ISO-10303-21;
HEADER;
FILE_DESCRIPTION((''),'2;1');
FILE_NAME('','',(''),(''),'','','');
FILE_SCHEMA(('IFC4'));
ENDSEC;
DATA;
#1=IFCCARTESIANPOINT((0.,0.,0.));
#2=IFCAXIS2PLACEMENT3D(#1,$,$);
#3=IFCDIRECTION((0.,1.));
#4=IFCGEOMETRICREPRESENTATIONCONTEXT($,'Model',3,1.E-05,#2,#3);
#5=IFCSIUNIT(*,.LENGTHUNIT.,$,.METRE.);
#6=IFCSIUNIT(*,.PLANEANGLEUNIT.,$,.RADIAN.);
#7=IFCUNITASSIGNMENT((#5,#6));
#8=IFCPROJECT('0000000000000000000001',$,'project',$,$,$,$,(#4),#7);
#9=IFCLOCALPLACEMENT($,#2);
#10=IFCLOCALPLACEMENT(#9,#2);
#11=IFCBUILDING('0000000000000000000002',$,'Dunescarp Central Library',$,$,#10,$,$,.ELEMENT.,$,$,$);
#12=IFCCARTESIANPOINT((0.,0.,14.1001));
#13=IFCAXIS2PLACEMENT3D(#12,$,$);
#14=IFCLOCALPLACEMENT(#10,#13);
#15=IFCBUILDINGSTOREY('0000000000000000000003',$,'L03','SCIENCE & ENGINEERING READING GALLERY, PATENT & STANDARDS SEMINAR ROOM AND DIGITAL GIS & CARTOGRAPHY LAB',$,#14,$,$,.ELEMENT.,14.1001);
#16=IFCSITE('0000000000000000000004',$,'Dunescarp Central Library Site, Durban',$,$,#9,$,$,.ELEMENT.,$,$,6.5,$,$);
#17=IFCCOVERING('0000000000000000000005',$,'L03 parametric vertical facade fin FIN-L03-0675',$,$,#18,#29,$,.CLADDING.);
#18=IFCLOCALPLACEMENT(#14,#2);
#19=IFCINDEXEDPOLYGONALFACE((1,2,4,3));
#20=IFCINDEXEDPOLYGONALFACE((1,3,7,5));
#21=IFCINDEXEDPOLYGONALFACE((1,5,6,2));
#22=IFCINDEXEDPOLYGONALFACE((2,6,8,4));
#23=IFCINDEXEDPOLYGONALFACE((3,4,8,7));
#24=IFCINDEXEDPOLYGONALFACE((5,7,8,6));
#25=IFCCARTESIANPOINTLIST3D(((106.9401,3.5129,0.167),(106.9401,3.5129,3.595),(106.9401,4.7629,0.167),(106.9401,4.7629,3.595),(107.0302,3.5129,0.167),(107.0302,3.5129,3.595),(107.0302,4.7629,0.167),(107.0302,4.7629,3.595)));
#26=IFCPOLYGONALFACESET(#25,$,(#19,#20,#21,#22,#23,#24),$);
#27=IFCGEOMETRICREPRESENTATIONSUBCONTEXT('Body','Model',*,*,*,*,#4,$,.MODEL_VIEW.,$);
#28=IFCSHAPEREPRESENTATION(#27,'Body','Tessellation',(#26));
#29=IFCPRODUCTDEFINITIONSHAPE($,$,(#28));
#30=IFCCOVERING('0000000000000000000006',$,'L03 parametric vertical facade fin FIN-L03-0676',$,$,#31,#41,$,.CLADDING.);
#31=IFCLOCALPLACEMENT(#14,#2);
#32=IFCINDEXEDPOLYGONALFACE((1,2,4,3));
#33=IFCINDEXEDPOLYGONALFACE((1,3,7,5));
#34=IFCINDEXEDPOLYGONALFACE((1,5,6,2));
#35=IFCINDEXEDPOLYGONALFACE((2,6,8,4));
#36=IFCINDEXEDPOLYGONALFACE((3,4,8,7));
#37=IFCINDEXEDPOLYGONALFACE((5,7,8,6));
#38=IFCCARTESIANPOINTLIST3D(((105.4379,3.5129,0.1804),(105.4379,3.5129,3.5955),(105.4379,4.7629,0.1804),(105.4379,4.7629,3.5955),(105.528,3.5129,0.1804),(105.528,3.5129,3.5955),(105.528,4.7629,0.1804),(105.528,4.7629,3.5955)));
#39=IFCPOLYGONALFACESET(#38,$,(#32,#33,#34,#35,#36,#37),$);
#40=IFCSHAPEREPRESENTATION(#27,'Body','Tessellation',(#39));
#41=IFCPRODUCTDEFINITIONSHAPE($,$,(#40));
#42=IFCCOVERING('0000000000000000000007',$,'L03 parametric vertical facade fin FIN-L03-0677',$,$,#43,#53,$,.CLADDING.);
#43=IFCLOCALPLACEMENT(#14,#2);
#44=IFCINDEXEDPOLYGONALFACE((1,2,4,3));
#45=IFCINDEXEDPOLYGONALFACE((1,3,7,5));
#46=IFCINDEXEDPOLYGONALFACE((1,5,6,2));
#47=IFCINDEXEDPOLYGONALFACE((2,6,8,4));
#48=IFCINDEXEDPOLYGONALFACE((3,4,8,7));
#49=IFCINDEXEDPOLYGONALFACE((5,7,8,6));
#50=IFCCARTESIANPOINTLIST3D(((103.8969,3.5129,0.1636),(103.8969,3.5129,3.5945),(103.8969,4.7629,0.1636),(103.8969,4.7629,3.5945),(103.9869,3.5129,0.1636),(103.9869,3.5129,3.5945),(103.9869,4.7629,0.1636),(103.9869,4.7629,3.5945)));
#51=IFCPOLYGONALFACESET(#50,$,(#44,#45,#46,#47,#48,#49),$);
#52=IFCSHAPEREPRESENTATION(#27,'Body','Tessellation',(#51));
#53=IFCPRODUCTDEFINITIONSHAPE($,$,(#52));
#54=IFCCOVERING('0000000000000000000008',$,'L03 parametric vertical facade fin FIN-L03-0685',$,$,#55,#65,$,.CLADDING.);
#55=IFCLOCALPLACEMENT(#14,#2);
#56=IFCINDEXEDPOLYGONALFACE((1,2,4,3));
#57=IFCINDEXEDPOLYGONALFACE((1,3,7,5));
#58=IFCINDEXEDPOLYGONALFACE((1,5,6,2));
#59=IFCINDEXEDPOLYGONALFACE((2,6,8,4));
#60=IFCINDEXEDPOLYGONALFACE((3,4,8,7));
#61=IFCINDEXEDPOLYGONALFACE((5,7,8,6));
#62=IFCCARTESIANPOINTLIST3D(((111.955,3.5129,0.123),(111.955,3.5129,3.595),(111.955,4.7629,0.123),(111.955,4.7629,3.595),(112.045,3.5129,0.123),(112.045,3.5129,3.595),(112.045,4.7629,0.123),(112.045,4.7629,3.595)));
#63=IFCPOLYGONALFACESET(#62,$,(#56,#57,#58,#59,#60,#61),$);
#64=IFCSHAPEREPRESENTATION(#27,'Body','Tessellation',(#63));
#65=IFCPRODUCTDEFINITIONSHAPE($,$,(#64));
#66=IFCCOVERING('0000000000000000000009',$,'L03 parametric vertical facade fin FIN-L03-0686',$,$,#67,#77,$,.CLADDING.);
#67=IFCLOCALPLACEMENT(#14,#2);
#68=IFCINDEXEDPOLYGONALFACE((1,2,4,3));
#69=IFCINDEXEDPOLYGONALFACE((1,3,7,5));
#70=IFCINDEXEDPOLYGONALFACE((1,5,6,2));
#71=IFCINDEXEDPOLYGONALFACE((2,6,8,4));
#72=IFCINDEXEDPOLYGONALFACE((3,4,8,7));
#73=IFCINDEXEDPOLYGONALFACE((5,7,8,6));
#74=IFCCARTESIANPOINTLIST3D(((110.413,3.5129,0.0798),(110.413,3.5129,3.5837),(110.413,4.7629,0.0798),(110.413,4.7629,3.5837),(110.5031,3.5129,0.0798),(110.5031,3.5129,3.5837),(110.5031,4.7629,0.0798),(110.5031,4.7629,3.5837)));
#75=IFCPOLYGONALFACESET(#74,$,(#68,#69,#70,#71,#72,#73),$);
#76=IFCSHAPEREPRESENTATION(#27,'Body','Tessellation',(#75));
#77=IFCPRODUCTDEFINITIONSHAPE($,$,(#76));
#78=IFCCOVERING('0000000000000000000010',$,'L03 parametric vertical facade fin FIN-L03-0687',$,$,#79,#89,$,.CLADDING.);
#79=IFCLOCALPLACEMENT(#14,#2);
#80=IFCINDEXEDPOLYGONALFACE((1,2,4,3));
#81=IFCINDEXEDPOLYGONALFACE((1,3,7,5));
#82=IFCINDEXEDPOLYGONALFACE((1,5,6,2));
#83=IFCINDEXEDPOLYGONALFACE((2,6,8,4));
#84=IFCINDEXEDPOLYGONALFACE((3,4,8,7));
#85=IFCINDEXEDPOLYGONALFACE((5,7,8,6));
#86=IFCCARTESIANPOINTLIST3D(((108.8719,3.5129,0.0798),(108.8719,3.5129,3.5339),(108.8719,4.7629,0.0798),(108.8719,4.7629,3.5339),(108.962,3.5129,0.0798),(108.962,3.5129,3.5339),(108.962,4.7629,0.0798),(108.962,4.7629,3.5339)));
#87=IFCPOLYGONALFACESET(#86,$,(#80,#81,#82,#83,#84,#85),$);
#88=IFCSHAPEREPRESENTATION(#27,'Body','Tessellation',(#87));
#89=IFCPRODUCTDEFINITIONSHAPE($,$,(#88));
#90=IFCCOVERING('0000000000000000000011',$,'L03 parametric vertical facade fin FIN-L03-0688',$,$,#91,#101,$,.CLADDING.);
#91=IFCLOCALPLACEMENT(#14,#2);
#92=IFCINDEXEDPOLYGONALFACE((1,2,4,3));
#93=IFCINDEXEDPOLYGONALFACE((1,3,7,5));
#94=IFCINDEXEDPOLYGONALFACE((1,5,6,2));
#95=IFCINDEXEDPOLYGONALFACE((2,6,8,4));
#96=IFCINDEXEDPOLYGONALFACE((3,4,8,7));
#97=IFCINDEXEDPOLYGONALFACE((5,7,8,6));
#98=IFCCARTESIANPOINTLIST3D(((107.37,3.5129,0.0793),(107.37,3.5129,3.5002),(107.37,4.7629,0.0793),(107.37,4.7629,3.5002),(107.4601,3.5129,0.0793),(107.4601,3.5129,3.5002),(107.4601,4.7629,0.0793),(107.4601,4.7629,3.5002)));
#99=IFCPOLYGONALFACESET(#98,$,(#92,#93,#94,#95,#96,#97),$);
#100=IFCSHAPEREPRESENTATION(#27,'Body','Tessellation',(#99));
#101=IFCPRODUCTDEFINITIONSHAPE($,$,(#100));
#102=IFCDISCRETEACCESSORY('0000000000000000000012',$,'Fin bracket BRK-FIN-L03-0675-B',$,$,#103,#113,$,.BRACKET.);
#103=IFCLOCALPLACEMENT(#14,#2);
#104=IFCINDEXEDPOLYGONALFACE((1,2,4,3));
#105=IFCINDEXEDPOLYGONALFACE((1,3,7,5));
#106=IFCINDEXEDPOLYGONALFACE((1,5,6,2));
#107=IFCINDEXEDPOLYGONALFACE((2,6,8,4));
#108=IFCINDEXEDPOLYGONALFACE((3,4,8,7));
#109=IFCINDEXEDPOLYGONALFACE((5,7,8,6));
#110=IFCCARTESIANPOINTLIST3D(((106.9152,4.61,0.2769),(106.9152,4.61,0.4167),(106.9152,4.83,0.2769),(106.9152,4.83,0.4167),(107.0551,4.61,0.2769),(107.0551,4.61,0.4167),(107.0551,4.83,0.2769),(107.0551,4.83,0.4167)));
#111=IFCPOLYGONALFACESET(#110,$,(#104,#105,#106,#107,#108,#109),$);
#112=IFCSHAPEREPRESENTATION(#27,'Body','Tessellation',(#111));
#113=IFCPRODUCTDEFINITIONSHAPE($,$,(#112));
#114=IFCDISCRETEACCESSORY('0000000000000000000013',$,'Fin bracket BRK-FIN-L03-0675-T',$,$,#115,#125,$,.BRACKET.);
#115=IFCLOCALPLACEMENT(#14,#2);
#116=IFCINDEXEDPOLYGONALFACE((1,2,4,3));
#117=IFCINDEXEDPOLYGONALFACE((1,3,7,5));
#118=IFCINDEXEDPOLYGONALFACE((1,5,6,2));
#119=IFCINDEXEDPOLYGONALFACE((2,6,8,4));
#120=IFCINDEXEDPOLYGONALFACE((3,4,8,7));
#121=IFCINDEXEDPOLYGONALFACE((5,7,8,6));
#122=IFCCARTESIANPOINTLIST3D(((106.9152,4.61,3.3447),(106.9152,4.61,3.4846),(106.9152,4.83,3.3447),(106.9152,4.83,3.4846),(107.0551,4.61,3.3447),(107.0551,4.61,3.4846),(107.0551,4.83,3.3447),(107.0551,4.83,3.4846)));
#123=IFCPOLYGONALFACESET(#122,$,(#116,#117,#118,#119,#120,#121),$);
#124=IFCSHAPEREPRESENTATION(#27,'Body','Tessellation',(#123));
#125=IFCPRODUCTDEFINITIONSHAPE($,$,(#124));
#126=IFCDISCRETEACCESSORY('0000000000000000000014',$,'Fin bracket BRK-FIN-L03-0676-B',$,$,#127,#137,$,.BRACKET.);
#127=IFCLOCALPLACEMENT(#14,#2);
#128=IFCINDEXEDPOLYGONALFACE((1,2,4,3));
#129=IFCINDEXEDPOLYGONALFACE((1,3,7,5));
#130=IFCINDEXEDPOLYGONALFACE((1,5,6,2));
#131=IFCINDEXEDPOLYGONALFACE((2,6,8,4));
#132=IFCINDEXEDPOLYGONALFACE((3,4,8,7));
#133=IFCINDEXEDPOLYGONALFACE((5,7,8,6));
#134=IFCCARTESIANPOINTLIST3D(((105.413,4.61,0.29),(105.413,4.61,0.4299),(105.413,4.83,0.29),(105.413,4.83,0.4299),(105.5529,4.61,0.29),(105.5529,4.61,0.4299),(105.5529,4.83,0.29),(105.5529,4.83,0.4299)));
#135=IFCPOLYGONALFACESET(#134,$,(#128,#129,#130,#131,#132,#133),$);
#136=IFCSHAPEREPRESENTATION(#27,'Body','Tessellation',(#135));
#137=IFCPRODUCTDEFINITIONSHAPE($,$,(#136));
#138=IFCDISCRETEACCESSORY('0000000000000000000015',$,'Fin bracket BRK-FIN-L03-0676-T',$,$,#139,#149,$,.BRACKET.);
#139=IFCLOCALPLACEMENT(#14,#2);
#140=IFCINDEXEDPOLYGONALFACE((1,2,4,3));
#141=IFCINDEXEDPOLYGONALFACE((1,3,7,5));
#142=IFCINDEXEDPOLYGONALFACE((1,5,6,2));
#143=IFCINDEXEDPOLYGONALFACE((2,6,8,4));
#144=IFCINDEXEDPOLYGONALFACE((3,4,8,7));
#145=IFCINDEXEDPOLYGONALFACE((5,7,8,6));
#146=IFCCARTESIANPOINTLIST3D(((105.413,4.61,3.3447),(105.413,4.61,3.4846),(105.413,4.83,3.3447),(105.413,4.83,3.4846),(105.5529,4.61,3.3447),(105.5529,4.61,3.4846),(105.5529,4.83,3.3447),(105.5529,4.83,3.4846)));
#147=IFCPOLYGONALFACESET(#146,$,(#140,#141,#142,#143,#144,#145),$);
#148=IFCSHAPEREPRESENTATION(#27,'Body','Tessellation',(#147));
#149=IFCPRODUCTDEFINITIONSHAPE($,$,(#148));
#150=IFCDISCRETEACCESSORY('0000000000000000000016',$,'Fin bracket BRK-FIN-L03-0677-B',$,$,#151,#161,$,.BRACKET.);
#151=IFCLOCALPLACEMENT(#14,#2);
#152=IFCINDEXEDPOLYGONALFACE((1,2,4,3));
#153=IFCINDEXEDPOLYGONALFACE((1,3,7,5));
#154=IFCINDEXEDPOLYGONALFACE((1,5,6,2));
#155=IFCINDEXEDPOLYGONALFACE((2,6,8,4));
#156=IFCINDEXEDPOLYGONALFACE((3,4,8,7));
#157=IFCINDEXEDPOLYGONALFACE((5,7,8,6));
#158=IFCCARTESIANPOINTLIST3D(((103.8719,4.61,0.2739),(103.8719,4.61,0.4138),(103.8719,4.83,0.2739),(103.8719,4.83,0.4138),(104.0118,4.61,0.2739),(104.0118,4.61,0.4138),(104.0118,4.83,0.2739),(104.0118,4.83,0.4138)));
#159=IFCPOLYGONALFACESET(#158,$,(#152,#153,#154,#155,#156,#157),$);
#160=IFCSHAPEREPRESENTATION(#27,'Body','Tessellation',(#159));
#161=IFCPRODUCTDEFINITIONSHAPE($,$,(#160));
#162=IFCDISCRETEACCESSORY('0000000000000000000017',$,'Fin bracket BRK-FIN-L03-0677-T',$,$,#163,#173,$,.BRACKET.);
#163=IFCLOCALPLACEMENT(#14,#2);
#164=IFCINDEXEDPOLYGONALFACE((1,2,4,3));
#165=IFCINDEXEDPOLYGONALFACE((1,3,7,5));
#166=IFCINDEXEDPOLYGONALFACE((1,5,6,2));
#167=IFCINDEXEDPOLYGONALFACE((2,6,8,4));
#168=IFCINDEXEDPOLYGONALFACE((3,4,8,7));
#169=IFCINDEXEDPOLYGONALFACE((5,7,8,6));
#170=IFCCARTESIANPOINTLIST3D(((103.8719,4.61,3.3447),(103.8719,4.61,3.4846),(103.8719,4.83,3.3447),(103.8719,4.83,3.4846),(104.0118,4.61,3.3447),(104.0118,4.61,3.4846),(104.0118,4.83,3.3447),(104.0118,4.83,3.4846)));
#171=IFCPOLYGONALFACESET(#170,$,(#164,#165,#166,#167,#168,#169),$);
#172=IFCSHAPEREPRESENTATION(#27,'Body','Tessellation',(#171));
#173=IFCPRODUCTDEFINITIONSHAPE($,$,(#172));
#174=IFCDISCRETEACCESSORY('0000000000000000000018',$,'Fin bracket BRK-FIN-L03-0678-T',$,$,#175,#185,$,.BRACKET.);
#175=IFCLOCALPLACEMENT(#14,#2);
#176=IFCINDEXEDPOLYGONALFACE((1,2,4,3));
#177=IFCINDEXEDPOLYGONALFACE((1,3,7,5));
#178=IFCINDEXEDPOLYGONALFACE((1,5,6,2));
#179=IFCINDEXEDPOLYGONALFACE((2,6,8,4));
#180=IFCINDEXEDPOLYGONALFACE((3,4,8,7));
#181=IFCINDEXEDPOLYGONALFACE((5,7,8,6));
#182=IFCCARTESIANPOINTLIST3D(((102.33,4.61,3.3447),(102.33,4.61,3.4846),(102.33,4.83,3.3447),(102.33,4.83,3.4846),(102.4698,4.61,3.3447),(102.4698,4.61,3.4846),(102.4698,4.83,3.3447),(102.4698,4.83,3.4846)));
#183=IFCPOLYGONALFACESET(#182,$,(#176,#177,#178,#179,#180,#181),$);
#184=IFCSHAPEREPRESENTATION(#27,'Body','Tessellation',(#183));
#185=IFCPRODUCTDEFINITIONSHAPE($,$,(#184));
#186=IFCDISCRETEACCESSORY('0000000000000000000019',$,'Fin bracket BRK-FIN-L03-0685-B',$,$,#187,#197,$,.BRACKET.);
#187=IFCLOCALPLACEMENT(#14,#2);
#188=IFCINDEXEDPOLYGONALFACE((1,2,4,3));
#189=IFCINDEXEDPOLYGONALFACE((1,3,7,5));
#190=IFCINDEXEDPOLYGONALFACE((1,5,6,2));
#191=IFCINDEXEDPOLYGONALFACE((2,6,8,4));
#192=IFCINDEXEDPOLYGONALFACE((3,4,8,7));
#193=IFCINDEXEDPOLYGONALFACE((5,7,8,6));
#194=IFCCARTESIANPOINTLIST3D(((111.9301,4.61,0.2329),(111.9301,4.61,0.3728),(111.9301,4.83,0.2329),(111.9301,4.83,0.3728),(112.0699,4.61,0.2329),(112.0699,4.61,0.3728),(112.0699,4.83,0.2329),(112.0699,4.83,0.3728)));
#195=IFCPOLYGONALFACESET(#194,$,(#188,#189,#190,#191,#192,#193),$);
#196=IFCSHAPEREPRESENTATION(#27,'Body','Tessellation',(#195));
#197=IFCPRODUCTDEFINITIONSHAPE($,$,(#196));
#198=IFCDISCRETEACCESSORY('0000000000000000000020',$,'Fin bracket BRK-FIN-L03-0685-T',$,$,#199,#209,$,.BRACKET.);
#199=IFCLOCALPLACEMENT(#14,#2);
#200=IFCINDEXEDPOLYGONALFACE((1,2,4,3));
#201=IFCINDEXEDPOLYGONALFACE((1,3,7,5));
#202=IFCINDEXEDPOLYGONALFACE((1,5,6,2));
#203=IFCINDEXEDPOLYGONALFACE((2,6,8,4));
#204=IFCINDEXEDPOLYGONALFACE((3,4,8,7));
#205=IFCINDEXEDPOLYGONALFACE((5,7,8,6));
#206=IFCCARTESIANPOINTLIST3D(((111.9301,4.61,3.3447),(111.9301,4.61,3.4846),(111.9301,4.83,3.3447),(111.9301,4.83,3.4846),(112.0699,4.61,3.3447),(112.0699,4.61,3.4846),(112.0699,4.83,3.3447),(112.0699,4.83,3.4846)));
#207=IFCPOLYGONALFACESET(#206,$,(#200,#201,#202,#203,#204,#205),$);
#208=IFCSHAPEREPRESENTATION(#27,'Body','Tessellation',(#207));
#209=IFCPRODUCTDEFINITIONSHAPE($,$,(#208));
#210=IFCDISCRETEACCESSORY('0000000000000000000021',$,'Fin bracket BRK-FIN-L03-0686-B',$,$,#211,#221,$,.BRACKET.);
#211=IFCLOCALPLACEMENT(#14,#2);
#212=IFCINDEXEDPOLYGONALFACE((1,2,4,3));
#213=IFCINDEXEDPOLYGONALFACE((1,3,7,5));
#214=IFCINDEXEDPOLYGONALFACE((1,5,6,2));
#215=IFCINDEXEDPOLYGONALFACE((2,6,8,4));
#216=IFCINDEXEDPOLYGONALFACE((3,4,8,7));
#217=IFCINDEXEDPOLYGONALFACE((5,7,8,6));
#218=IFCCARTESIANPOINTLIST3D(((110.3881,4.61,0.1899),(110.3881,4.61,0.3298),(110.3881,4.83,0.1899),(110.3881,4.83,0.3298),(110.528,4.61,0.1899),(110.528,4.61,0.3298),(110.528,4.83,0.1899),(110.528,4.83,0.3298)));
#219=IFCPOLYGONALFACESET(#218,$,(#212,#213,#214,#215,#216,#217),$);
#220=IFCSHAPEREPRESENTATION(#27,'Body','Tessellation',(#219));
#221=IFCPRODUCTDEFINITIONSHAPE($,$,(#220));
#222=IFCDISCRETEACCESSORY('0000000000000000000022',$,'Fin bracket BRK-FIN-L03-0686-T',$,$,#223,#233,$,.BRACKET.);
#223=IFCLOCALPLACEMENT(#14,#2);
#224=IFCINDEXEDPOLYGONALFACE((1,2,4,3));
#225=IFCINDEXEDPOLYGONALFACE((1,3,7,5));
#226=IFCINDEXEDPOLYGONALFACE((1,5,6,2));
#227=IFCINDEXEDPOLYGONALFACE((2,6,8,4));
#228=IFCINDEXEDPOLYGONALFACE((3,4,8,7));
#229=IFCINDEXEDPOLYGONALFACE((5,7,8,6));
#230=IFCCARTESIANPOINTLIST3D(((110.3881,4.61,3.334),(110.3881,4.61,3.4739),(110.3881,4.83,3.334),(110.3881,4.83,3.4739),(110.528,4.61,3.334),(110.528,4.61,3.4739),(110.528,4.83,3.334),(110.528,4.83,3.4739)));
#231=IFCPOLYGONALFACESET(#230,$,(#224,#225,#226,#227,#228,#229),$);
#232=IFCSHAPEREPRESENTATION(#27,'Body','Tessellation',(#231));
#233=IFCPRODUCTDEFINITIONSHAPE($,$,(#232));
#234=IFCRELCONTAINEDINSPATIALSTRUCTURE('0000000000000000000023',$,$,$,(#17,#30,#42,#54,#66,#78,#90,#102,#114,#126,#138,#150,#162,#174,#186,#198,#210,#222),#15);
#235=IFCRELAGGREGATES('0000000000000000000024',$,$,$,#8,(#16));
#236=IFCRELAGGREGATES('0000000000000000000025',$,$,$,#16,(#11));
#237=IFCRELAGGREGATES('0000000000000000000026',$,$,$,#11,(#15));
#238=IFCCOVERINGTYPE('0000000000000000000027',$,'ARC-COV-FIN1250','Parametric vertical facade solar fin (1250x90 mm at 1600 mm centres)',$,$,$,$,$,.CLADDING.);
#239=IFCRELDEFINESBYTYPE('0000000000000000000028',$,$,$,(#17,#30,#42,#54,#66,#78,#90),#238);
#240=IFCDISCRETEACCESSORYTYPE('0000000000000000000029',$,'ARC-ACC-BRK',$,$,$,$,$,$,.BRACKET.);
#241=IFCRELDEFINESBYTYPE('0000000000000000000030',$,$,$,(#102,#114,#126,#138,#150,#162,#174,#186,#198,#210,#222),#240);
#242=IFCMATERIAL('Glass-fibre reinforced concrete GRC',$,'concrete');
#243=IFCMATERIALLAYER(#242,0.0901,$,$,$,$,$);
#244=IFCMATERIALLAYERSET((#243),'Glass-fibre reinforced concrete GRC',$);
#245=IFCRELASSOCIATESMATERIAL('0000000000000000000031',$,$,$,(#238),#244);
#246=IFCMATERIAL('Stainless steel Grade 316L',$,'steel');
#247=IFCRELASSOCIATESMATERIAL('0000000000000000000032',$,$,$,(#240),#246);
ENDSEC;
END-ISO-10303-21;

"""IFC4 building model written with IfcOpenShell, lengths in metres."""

from ifc_helpers import new_model, si_unit, direction, frame, origin, origin_2d, place, context, subcontext, project, spatial, rectangle, extrude, material, layer, layer_set, type_object, element, save


model = new_model("IFC4")

# Units and contexts
model_context = context("Model", 3, precision=1e-05, world=origin(), true_north=direction((0.0, 1.0)))
body_context = subcontext(model_context, "Body", "Model", "MODEL_VIEW")
ifc_project = project(units=[si_unit("LENGTHUNIT", "METRE"), si_unit("PLANEANGLEUNIT", "RADIAN")], contexts=[model_context])

# Site, building, storey
site_placement = place(None, origin())
site = spatial("IfcSite", under=ifc_project, at=site_placement, Name="Dunescarp Central Library Site, Durban", CompositionType="ELEMENT", RefElevation=6.5)
building_placement = place(site_placement, origin())
building = spatial("IfcBuilding", under=site, at=building_placement, Name="Dunescarp Central Library", CompositionType="ELEMENT")
storey_placement = place(building_placement, frame((0.0, 0.0, 14.1001)))
storey = spatial("IfcBuildingStorey", under=building, at=storey_placement, Name="L03", Description="SCIENCE & ENGINEERING READING GALLERY, PATENT & STANDARDS SEMINAR ROOM AND DIGITAL GIS & CARTOGRAPHY LAB", CompositionType="ELEMENT", Elevation=14.1001)

# Coverings
ifc_material_1 = material(Name="Glass-fibre reinforced concrete GRC", Category="concrete")
ifc_layer = layer(ifc_material_1, 0.0901)
ifc_layer_set = layer_set([ifc_layer], Name="Glass-fibre reinforced concrete GRC")
covering_type = type_object("IfcCoveringType", Name="ARC-COV-FIN1250", Description="Parametric vertical facade solar fin (1250x90 mm at 1600 mm centres)", PredefinedType="CLADDING", material=ifc_layer_set)
covering_1_placement = place(storey_placement, frame((106.9851, 4.1379, 0.167), z_axis=(0.0, 0.0, 1.0), x_axis=(0.0, -1.0, 0.0)))
element("IfcCovering", 1, at=covering_1_placement, inside=storey, type_object=covering_type, Name="L03 parametric vertical facade fin FIN-L03-0675", PredefinedType="CLADDING", context=body_context, shape_type="SweptSolid", body=[
    extrude(rectangle(XDim=1.25, YDim=0.0901, at=origin_2d()), origin(), (0.0, 0.0, 1.0), 3.428),
])
covering_2_placement = place(storey_placement, frame((105.4829, 4.1379, 0.1804), z_axis=(0.0, 0.0, 1.0), x_axis=(0.0, -1.0, 0.0)))
element("IfcCovering", 2, at=covering_2_placement, inside=storey, type_object=covering_type, Name="L03 parametric vertical facade fin FIN-L03-0676", PredefinedType="CLADDING", context=body_context, shape_type="SweptSolid", body=[
    extrude(rectangle(XDim=1.25, YDim=0.0901, at=origin_2d()), origin(), (0.0, 0.0, 1.0), 3.415),
])
covering_3_placement = place(storey_placement, frame((103.9419, 4.1379, 0.1636), z_axis=(0.0, 0.0, 1.0), x_axis=(0.0, -1.0, 0.0)))
element("IfcCovering", 3, at=covering_3_placement, inside=storey, type_object=covering_type, Name="L03 parametric vertical facade fin FIN-L03-0677", PredefinedType="CLADDING", context=body_context, shape_type="SweptSolid", body=[
    extrude(rectangle(XDim=1.25, YDim=0.0901, at=origin_2d()), origin(), (0.0, 0.0, 1.0), 3.4309),
])
covering_4_placement = place(storey_placement, frame((112.0, 4.1379, 0.123), z_axis=(0.0, 0.0, 1.0), x_axis=(0.0, -1.0, 0.0)))
element("IfcCovering", 4, at=covering_4_placement, inside=storey, type_object=covering_type, Name="L03 parametric vertical facade fin FIN-L03-0685", PredefinedType="CLADDING", context=body_context, shape_type="SweptSolid", body=[
    extrude(rectangle(XDim=1.25, YDim=0.0901, at=origin_2d()), origin(), (0.0, 0.0, 1.0), 3.4719),
])
covering_5_placement = place(storey_placement, frame((110.458, 4.1379, 0.0798), z_axis=(0.0, 0.0, 1.0), x_axis=(0.0, -1.0, 0.0)))
element("IfcCovering", 5, at=covering_5_placement, inside=storey, type_object=covering_type, Name="L03 parametric vertical facade fin FIN-L03-0686", PredefinedType="CLADDING", context=body_context, shape_type="SweptSolid", body=[
    extrude(rectangle(XDim=1.25, YDim=0.0901, at=origin_2d()), origin(), (0.0, 0.0, 1.0), 3.5039),
])
covering_6_placement = place(storey_placement, frame((108.917, 4.1379, 0.0798), z_axis=(0.0, 0.0, 1.0), x_axis=(0.0, -1.0, 0.0)))
element("IfcCovering", 6, at=covering_6_placement, inside=storey, type_object=covering_type, Name="L03 parametric vertical facade fin FIN-L03-0687", PredefinedType="CLADDING", context=body_context, shape_type="SweptSolid", body=[
    extrude(rectangle(XDim=1.25, YDim=0.0901, at=origin_2d()), origin(), (0.0, 0.0, 1.0), 3.4541),
])
covering_7_placement = place(storey_placement, frame((107.415, 4.1379, 0.0793), z_axis=(0.0, 0.0, 1.0), x_axis=(0.0, -1.0, 0.0)))
element("IfcCovering", 7, at=covering_7_placement, inside=storey, type_object=covering_type, Name="L03 parametric vertical facade fin FIN-L03-0688", PredefinedType="CLADDING", context=body_context, shape_type="SweptSolid", body=[
    extrude(rectangle(XDim=1.25, YDim=0.0901, at=origin_2d()), origin(), (0.0, 0.0, 1.0), 3.4209),
])

# Discrete accessories
ifc_material_2 = material(Name="Stainless steel Grade 316L", Category="steel")
discrete_accessory_type = type_object("IfcDiscreteAccessoryType", Name="ARC-ACC-BRK", PredefinedType="BRACKET", material=ifc_material_2)
for number, where, z_axis, x_axis, name in (
    (8, (106.9851, 4.72, 0.2769), (0.0, 0.0, 1.0), (0.0, -1.0, 0.0), "Fin bracket BRK-FIN-L03-0675-B"),
    (9, (106.9851, 4.72, 3.3447), (0.0, 0.0, 1.0), (0.0, -1.0, 0.0), "Fin bracket BRK-FIN-L03-0675-T"),
    (10, (105.4829, 4.72, 0.29), (0.0, 0.0, 1.0), (0.0, -1.0, 0.0), "Fin bracket BRK-FIN-L03-0676-B"),
    (11, (105.4829, 4.72, 3.3447), (0.0, 0.0, 1.0), (0.0, -1.0, 0.0), "Fin bracket BRK-FIN-L03-0676-T"),
    (12, (103.9419, 4.72, 0.2739), (0.0, 0.0, 1.0), (0.0, -1.0, 0.0), "Fin bracket BRK-FIN-L03-0677-B"),
    (13, (103.9419, 4.72, 3.3447), (0.0, 0.0, 1.0), (0.0, -1.0, 0.0), "Fin bracket BRK-FIN-L03-0677-T"),
    (14, (102.3999, 4.72, 3.3447), (0.0, 0.0, 1.0), (0.0, -1.0, 0.0), "Fin bracket BRK-FIN-L03-0678-T"),
    (15, (112.0, 4.72, 0.2329), (0.0, 0.0, 1.0), (0.0, -1.0, 0.0), "Fin bracket BRK-FIN-L03-0685-B"),
    (16, (112.0, 4.72, 3.3447), (0.0, 0.0, 1.0), (0.0, -1.0, 0.0), "Fin bracket BRK-FIN-L03-0685-T"),
    (17, (110.458, 4.72, 0.1899), (0.0, 0.0, 1.0), (0.0, -1.0, 0.0), "Fin bracket BRK-FIN-L03-0686-B"),
    (18, (110.458, 4.72, 3.334), (0.0, 0.0, 1.0), (0.0, -1.0, 0.0), "Fin bracket BRK-FIN-L03-0686-T"),
):
    element("IfcDiscreteAccessory", number, at=place(storey_placement, frame(where, z_axis=z_axis, x_axis=x_axis)), inside=storey, type_object=discrete_accessory_type, Name=name, PredefinedType="BRACKET", context=body_context, shape_type="SweptSolid", body=[
        extrude(rectangle(XDim=0.22, YDim=0.1399, at=origin_2d()), origin(), (0.0, 0.0, 1.0), 0.1399),
    ])

save(model, "model.ifc")
